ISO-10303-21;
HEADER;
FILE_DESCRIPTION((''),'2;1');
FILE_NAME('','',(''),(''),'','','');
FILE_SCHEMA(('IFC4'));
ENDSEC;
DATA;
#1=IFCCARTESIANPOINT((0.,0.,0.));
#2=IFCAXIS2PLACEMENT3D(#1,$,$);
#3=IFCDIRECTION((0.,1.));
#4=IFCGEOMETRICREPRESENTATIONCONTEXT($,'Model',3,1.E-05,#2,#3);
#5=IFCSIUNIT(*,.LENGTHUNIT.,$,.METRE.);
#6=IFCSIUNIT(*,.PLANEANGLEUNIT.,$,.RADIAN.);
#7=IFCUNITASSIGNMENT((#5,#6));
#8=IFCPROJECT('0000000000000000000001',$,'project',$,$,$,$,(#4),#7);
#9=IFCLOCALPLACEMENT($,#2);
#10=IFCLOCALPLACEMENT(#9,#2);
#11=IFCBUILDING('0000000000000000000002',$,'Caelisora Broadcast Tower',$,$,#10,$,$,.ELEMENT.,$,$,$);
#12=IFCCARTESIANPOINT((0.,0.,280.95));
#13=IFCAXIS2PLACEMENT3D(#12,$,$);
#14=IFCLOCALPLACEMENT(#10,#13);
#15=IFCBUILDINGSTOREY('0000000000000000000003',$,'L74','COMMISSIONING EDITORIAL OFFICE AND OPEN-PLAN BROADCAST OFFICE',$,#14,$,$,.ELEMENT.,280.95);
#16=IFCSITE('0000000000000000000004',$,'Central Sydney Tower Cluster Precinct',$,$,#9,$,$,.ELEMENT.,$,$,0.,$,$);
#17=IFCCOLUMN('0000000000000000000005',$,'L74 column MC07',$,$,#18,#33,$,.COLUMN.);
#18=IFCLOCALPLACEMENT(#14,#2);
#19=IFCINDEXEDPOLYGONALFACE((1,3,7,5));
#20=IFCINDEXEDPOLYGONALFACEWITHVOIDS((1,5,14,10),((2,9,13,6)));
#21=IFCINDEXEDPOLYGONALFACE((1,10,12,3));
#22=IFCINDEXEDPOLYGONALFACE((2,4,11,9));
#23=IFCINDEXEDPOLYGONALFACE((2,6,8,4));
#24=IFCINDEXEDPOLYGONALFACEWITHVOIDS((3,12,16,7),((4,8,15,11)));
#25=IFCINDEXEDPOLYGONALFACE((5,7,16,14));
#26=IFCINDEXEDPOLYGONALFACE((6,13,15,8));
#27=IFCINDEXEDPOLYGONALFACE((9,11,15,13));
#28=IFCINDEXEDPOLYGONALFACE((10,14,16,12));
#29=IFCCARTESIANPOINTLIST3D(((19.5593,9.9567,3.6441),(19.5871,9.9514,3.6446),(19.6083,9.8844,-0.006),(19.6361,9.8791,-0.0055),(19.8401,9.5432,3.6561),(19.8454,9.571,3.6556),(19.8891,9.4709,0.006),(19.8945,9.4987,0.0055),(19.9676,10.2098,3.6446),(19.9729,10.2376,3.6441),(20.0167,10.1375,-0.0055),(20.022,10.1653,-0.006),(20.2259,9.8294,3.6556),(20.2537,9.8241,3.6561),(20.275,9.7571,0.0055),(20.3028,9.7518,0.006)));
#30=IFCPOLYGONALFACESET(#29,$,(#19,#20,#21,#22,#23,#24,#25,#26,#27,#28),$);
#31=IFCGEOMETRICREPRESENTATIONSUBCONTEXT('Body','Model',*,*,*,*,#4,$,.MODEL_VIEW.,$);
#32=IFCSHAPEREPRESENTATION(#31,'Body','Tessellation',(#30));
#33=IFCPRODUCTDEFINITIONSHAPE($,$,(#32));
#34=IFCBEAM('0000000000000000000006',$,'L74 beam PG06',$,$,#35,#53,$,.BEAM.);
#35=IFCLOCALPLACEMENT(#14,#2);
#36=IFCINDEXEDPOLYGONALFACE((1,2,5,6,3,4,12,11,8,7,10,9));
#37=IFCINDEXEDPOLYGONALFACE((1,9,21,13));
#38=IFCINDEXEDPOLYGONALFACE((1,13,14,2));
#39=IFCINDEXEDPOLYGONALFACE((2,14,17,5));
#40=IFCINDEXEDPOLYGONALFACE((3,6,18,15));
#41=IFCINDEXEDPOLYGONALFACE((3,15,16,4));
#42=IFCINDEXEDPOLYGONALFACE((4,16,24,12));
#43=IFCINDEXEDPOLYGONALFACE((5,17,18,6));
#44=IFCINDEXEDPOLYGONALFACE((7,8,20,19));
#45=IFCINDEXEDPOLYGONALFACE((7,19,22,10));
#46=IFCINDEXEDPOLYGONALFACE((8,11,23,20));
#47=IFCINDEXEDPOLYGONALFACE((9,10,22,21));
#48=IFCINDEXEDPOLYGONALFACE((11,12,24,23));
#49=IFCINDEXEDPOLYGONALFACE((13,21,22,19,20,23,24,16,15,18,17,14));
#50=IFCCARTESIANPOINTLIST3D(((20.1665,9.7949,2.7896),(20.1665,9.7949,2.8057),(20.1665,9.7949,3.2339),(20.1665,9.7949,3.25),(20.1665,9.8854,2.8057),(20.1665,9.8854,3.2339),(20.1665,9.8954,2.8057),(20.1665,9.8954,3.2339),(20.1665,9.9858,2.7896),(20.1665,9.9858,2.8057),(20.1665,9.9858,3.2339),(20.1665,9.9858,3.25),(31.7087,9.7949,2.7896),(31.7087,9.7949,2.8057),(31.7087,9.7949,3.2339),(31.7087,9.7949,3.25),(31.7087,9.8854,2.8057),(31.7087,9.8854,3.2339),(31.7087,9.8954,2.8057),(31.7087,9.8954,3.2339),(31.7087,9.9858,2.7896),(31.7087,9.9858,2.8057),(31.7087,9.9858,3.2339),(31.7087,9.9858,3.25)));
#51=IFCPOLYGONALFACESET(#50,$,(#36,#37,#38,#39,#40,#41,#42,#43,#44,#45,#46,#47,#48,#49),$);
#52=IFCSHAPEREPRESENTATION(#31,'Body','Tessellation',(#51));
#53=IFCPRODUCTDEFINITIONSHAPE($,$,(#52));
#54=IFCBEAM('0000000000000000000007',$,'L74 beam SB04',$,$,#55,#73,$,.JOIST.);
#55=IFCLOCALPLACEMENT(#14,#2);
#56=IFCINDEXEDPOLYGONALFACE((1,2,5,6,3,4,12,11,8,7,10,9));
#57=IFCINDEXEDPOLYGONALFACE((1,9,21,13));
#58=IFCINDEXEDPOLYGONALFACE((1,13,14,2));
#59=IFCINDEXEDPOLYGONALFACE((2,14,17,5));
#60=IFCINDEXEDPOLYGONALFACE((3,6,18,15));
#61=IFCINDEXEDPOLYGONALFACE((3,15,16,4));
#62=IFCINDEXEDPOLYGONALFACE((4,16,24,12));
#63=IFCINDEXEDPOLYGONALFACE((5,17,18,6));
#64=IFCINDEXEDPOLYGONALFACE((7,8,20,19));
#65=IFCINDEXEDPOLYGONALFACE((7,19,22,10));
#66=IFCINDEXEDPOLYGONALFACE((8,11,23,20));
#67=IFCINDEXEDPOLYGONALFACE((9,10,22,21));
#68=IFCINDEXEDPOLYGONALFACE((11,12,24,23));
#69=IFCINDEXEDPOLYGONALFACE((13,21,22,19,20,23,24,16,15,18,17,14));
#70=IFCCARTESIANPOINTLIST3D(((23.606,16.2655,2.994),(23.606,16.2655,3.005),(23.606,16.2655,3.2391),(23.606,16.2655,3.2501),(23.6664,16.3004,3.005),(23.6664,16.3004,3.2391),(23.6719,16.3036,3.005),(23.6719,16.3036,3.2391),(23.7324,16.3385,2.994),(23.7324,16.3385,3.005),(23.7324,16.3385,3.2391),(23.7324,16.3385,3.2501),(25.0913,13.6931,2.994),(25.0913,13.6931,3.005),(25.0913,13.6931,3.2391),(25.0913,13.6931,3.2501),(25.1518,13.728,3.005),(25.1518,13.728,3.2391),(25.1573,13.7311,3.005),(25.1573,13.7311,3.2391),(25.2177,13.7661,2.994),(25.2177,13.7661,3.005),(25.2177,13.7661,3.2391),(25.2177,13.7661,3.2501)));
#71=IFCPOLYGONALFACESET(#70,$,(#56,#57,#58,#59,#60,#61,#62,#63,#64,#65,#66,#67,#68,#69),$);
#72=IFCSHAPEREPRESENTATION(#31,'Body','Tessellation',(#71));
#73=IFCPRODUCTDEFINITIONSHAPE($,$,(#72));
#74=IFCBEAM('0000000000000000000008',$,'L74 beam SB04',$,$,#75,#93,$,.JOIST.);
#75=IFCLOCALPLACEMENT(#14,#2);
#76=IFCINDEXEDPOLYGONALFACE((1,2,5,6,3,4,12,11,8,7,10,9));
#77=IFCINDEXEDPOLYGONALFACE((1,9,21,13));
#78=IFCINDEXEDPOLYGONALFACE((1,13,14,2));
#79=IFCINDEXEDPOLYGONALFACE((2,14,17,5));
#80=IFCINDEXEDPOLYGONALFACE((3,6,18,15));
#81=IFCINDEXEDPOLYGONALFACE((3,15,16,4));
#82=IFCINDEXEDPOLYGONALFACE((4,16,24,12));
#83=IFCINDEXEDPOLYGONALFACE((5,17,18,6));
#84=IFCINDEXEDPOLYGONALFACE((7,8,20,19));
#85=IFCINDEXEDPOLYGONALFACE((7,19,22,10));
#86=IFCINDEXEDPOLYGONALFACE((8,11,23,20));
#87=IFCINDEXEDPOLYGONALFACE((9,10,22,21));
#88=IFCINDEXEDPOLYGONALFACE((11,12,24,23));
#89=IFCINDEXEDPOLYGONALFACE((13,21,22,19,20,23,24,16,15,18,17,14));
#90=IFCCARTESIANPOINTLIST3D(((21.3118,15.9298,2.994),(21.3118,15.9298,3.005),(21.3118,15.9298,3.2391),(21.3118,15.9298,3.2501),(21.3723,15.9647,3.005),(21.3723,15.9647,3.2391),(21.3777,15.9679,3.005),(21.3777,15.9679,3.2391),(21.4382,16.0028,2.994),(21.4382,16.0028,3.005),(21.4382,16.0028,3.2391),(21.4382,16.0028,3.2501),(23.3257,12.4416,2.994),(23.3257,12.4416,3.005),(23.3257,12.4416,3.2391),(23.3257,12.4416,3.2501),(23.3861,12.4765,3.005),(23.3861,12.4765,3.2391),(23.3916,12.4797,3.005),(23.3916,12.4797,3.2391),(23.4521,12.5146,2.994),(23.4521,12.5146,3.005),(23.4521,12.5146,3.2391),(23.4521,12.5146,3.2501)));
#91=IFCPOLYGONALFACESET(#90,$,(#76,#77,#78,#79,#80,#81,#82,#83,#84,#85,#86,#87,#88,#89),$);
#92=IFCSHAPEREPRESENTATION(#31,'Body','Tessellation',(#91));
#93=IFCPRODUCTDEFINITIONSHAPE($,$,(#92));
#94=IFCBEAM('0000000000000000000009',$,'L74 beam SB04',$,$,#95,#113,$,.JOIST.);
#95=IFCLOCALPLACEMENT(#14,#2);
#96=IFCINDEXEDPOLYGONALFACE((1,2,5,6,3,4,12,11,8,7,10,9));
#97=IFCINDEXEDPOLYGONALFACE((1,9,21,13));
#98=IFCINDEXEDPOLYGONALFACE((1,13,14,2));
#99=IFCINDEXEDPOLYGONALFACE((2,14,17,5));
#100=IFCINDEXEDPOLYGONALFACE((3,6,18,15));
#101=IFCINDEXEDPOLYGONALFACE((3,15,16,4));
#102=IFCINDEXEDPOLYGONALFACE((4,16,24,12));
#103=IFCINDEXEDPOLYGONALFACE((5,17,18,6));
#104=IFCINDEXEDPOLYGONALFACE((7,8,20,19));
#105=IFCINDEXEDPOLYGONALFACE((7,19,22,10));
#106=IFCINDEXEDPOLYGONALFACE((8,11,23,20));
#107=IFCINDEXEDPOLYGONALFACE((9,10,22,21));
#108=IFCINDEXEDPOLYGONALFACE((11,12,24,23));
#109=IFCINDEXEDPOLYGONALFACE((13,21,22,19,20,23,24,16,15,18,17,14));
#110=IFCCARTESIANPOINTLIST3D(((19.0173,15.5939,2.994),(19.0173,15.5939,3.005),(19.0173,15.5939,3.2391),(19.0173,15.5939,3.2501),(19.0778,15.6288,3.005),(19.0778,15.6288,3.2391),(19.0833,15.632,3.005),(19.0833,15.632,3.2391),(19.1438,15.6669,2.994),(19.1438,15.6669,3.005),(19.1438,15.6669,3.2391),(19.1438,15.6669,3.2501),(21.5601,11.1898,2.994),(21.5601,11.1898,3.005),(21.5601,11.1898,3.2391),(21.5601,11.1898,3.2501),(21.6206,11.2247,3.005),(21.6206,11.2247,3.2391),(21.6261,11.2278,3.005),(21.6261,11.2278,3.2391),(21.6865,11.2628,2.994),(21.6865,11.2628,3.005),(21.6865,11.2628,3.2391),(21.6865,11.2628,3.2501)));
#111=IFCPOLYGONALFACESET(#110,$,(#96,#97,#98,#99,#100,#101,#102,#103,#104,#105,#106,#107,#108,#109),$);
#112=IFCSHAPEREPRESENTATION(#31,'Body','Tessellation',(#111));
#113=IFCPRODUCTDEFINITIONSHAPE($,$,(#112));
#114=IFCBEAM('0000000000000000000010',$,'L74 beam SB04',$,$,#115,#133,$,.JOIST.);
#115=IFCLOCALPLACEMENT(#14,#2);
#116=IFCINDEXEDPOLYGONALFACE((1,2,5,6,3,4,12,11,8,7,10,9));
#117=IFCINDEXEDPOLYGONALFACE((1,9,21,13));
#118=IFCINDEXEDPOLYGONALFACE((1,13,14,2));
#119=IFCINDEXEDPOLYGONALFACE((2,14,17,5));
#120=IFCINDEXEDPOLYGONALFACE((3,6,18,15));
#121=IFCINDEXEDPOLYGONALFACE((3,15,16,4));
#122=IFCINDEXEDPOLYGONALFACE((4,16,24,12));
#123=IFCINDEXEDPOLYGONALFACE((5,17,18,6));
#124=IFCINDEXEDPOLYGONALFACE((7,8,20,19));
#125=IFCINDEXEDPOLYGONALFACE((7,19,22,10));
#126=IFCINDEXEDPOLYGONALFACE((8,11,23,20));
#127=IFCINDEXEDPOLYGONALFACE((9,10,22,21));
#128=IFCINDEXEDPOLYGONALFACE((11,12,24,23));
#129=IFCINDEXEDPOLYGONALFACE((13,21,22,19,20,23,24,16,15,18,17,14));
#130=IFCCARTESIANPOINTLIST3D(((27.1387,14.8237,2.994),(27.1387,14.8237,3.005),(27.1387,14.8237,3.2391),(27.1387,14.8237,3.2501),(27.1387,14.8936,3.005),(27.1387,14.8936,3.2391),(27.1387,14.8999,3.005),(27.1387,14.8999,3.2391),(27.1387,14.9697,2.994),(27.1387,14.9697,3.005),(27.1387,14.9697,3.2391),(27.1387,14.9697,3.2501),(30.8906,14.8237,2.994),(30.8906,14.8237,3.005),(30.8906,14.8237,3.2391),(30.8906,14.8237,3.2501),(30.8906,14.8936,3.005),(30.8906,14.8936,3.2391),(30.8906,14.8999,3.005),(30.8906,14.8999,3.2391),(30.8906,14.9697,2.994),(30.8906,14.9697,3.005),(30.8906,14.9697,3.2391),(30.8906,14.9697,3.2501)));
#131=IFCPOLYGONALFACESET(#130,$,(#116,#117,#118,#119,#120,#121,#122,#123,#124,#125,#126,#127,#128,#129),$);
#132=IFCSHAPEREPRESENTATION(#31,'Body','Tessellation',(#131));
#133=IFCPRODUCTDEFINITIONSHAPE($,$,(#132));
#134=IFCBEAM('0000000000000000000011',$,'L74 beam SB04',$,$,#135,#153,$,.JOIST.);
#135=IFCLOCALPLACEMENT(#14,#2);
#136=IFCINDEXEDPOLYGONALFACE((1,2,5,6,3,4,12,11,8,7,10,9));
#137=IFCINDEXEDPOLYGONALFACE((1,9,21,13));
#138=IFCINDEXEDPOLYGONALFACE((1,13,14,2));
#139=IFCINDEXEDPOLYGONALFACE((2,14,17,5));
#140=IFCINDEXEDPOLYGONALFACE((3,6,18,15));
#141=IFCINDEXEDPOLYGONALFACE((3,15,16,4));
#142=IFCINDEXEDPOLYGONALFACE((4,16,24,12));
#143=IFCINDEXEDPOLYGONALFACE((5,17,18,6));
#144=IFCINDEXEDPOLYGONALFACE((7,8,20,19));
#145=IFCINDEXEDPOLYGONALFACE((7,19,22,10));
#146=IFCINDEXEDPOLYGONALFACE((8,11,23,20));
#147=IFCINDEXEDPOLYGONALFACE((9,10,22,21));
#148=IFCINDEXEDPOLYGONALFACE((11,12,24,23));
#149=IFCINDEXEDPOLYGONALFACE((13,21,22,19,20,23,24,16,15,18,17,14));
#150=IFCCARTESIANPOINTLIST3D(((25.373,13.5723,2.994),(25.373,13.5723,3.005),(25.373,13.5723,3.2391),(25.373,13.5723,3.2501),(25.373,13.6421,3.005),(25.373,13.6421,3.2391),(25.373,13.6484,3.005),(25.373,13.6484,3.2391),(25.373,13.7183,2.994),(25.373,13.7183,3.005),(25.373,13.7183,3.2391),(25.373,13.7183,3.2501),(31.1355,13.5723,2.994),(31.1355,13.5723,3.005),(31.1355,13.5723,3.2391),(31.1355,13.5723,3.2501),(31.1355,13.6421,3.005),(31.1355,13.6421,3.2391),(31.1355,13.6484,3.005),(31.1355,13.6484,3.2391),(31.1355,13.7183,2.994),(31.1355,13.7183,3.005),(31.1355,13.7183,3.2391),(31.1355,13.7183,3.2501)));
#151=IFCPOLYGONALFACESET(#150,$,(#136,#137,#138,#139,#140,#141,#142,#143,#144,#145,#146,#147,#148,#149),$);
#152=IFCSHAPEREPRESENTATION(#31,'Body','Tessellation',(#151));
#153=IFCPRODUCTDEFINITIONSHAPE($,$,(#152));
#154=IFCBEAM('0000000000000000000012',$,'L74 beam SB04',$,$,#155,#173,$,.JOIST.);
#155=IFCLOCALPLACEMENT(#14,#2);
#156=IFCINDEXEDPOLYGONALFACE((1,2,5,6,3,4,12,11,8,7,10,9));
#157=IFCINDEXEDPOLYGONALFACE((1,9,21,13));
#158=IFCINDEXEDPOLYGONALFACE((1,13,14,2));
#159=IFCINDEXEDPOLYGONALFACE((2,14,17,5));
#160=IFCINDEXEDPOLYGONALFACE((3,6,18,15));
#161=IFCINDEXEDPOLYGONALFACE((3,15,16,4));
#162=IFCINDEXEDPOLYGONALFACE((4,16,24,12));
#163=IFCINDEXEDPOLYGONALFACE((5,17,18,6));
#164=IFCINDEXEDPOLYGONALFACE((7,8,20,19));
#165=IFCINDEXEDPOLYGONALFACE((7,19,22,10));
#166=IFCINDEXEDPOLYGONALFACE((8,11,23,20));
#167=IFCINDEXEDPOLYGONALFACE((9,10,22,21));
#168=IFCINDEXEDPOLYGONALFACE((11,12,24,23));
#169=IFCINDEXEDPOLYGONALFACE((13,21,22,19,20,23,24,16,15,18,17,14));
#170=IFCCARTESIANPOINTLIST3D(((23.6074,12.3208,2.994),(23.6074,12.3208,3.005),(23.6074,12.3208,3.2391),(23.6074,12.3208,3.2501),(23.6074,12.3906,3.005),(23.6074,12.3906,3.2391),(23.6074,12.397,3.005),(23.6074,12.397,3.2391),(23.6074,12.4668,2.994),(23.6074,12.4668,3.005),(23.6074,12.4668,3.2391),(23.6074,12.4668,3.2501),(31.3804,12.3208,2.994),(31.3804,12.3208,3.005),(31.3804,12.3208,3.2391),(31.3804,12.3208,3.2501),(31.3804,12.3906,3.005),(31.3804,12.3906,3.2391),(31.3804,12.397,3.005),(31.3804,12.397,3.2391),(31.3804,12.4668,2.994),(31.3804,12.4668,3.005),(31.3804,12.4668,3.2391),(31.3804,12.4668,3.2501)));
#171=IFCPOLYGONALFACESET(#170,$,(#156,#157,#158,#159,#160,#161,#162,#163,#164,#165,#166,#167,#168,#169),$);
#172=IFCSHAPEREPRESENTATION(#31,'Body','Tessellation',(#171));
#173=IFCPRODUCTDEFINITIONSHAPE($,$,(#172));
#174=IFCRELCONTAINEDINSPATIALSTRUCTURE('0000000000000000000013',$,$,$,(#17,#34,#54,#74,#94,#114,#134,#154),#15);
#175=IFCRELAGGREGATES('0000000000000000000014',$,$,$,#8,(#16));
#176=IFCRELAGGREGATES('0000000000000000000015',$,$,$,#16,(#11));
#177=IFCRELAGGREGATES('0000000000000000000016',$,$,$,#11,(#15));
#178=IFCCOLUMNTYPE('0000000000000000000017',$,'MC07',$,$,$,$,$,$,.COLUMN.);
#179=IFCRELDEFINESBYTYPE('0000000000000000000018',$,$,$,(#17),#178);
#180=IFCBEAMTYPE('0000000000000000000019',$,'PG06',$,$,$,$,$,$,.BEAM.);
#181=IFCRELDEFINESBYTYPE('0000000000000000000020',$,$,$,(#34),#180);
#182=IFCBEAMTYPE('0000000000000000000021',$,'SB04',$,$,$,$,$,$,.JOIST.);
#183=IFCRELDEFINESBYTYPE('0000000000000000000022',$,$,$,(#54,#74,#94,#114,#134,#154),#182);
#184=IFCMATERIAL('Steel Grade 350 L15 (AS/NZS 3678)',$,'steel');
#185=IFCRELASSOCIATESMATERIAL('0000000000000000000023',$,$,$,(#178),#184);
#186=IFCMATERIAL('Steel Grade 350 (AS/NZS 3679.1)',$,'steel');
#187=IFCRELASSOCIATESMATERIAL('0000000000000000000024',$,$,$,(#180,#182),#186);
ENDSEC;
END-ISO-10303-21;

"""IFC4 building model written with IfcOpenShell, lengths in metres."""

from ifc_helpers import new_model, si_unit, direction, frame, origin, origin_2d, place, context, subcontext, project, spatial, hollow_rectangle, i_section, extrude, source, transform, mapped, material, material_profile, profile_set, type_object, type_shapes, element, save


model = new_model("IFC4")

# Units and contexts
model_context = context("Model", 3, precision=1e-05, world=origin(), true_north=direction((0.0, 1.0)))
body_context = subcontext(model_context, "Body", "Model", "MODEL_VIEW")
ifc_project = project(units=[si_unit("LENGTHUNIT", "METRE"), si_unit("PLANEANGLEUNIT", "RADIAN")], contexts=[model_context])

# Site, building, storey
site_placement = place(None, origin())
site = spatial("IfcSite", under=ifc_project, at=site_placement, Name="Central Sydney Tower Cluster Precinct", CompositionType="ELEMENT", RefElevation=0.0)
building_placement = place(site_placement, origin())
building = spatial("IfcBuilding", under=site, at=building_placement, Name="Caelisora Broadcast Tower", CompositionType="ELEMENT")
storey_placement = place(building_placement, frame((0.0, 0.0, 280.95)))
storey = spatial("IfcBuildingStorey", under=building, at=storey_placement, Name="L74", Description="COMMISSIONING EDITORIAL OFFICE AND OPEN-PLAN BROADCAST OFFICE", CompositionType="ELEMENT", Elevation=280.95)

# Column
ifc_material_1 = material(Name="Steel Grade 350 L15 (AS/NZS 3678)", Category="steel")
ifc_material_profile_1 = material_profile(ifc_material_1, hollow_rectangle(XDim=0.5, YDim=0.5, WallThickness=0.02, at=origin_2d()), Name="Steel Grade 350 L15 (AS/NZS 3678)")
ifc_profile_set_1 = profile_set([ifc_material_profile_1], Name="Steel Grade 350 L15 (AS/NZS 3678)")
column_type = type_object("IfcColumnType", Name="MC07", PredefinedType="COLUMN", material=ifc_profile_set_1)
shared_shape_1 = source(origin(), body_context, "Body", "SweptSolid", [
    extrude(hollow_rectangle(XDim=0.5, YDim=0.5, WallThickness=0.02, at=origin_2d()), origin(), (0.0, 0.0, 1.0), 3.6511),
])
type_shapes(column_type, [shared_shape_1])
column_placement = place(storey_placement, frame((19.9556, 9.8181, 0.0), z_axis=(-0.01344, 0.019792, 0.999714), x_axis=(-0.82729, -0.561775, 0.0)))
element("IfcColumn", 1, at=column_placement, inside=storey, type_object=column_type, Name="L74 column MC07", PredefinedType="COLUMN", context=body_context, shape_type="MappedRepresentation", body=[
    mapped(shared_shape_1, transform((0.0, 0.0, 0.0), scale=1.0)),
])

# Beams
ifc_material_2 = material(Name="Steel Grade 350 (AS/NZS 3679.1)", Category="steel")
ifc_material_profile_2 = material_profile(ifc_material_2, i_section(OverallWidth=0.1909, OverallDepth=0.4604, WebThickness=0.01, FlangeThickness=0.0161, at=origin_2d()), Name="Steel Grade 350 (AS/NZS 3679.1)")
ifc_profile_set_2 = profile_set([ifc_material_profile_2], Name="Steel Grade 350 (AS/NZS 3679.1)")
beam_type_1 = type_object("IfcBeamType", Name="PG06", PredefinedType="BEAM", material=ifc_profile_set_2)
shared_shape_2 = source(origin(), body_context, "Body", "SweptSolid", [
    extrude(i_section(OverallWidth=0.1909, OverallDepth=0.4604, WebThickness=0.01, FlangeThickness=0.0161, at=origin_2d()), origin(), (0.0, 0.0, 1.0), 11.5422),
])
type_shapes(beam_type_1, [shared_shape_2])
beam_1_placement = place(storey_placement, frame((20.1665, 9.8904, 3.0198), z_axis=(1.0, 0.0, 0.0), x_axis=(0.0, 1.0, 0.0)))
element("IfcBeam", 2, at=beam_1_placement, inside=storey, type_object=beam_type_1, Name="L74 beam PG06", PredefinedType="BEAM", context=body_context, shape_type="MappedRepresentation", body=[
    mapped(shared_shape_2, transform((0.0, 0.0, 0.0), scale=1.0)),
])
ifc_material_profile_3 = material_profile(ifc_material_2, i_section(OverallWidth=0.146, OverallDepth=0.2561, WebThickness=0.0063, FlangeThickness=0.011, at=origin_2d()), Name="Steel Grade 350 (AS/NZS 3679.1)")
ifc_profile_set_3 = profile_set([ifc_material_profile_3], Name="Steel Grade 350 (AS/NZS 3679.1)")
beam_type_2 = type_object("IfcBeamType", Name="SB04", PredefinedType="JOIST", material=ifc_profile_set_3)
shared_shape_3 = source(origin(), body_context, "Body", "SweptSolid", [
    extrude(i_section(OverallWidth=0.146, OverallDepth=0.2561, WebThickness=0.0063, FlangeThickness=0.011, at=origin_2d()), origin(), (0.0, 0.0, 1.0), 2.9705),
])
beam_2_placement = place(storey_placement, frame((23.6692, 16.302, 3.1221), z_axis=(0.500028, -0.866009, 0.0), x_axis=(0.866009, 0.500028, 0.0)))
element("IfcBeam", 3, at=beam_2_placement, inside=storey, type_object=beam_type_2, Name="L74 beam SB04", PredefinedType="JOIST", context=body_context, shape_type="MappedRepresentation", body=[
    mapped(shared_shape_3, transform((0.0, 0.0, 0.0), scale=1.0)),
])
shared_shape_4 = source(origin(), body_context, "Body", "SweptSolid", [
    extrude(i_section(OverallWidth=0.146, OverallDepth=0.2561, WebThickness=0.0063, FlangeThickness=0.011, at=origin_2d()), origin(), (0.0, 0.0, 1.0), 4.0278),
])
beam_3_placement = place(storey_placement, frame((21.375, 15.9663, 3.1221), z_axis=(0.499992, -0.86603, 0.0), x_axis=(0.86603, 0.499992, 0.0)))
element("IfcBeam", 4, at=beam_3_placement, inside=storey, type_object=beam_type_2, Name="L74 beam SB04", PredefinedType="JOIST", context=body_context, shape_type="MappedRepresentation", body=[
    mapped(shared_shape_4, transform((0.0, 0.0, 0.0), scale=1.0)),
])
shared_shape_5 = source(origin(), body_context, "Body", "SweptSolid", [
    extrude(i_section(OverallWidth=0.146, OverallDepth=0.2561, WebThickness=0.0063, FlangeThickness=0.011, at=origin_2d()), origin(), (0.0, 0.0, 1.0), 5.0854),
])
beam_4_placement = place(storey_placement, frame((19.0806, 15.6304, 3.1221), z_axis=(0.500006, -0.866022, 0.0), x_axis=(0.866022, 0.500006, 0.0)))
element("IfcBeam", 5, at=beam_4_placement, inside=storey, type_object=beam_type_2, Name="L74 beam SB04", PredefinedType="JOIST", context=body_context, shape_type="MappedRepresentation", body=[
    mapped(shared_shape_5, transform((0.0, 0.0, 0.0), scale=1.0)),
])
shared_shape_6 = source(origin(), body_context, "Body", "SweptSolid", [
    extrude(i_section(OverallWidth=0.146, OverallDepth=0.2561, WebThickness=0.0063, FlangeThickness=0.011, at=origin_2d()), origin(), (0.0, 0.0, 1.0), 3.752),
])
beam_5_placement = place(storey_placement, frame((27.1387, 14.8967, 3.1221), z_axis=(1.0, 0.0, 0.0), x_axis=(0.0, 1.0, 0.0)))
element("IfcBeam", 6, at=beam_5_placement, inside=storey, type_object=beam_type_2, Name="L74 beam SB04", PredefinedType="JOIST", context=body_context, shape_type="MappedRepresentation", body=[
    mapped(shared_shape_6, transform((0.0, 0.0, 0.0), scale=1.0)),
])
shared_shape_7 = source(origin(), body_context, "Body", "SweptSolid", [
    extrude(i_section(OverallWidth=0.146, OverallDepth=0.2561, WebThickness=0.0063, FlangeThickness=0.011, at=origin_2d()), origin(), (0.0, 0.0, 1.0), 5.7625),
])
beam_6_placement = place(storey_placement, frame((25.373, 13.6453, 3.1221), z_axis=(1.0, 0.0, 0.0), x_axis=(0.0, 1.0, 0.0)))
element("IfcBeam", 7, at=beam_6_placement, inside=storey, type_object=beam_type_2, Name="L74 beam SB04", PredefinedType="JOIST", context=body_context, shape_type="MappedRepresentation", body=[
    mapped(shared_shape_7, transform((0.0, 0.0, 0.0), scale=1.0)),
])
shared_shape_8 = source(origin(), body_context, "Body", "SweptSolid", [
    extrude(i_section(OverallWidth=0.146, OverallDepth=0.2561, WebThickness=0.0063, FlangeThickness=0.011, at=origin_2d()), origin(), (0.0, 0.0, 1.0), 7.7729),
])
beam_7_placement = place(storey_placement, frame((23.6074, 12.3938, 3.1221), z_axis=(1.0, 0.0, 0.0), x_axis=(0.0, 1.0, 0.0)))
element("IfcBeam", 8, at=beam_7_placement, inside=storey, type_object=beam_type_2, Name="L74 beam SB04", PredefinedType="JOIST", context=body_context, shape_type="MappedRepresentation", body=[
    mapped(shared_shape_8, transform((0.0, 0.0, 0.0), scale=1.0)),
])

save(model, "model.ifc")
